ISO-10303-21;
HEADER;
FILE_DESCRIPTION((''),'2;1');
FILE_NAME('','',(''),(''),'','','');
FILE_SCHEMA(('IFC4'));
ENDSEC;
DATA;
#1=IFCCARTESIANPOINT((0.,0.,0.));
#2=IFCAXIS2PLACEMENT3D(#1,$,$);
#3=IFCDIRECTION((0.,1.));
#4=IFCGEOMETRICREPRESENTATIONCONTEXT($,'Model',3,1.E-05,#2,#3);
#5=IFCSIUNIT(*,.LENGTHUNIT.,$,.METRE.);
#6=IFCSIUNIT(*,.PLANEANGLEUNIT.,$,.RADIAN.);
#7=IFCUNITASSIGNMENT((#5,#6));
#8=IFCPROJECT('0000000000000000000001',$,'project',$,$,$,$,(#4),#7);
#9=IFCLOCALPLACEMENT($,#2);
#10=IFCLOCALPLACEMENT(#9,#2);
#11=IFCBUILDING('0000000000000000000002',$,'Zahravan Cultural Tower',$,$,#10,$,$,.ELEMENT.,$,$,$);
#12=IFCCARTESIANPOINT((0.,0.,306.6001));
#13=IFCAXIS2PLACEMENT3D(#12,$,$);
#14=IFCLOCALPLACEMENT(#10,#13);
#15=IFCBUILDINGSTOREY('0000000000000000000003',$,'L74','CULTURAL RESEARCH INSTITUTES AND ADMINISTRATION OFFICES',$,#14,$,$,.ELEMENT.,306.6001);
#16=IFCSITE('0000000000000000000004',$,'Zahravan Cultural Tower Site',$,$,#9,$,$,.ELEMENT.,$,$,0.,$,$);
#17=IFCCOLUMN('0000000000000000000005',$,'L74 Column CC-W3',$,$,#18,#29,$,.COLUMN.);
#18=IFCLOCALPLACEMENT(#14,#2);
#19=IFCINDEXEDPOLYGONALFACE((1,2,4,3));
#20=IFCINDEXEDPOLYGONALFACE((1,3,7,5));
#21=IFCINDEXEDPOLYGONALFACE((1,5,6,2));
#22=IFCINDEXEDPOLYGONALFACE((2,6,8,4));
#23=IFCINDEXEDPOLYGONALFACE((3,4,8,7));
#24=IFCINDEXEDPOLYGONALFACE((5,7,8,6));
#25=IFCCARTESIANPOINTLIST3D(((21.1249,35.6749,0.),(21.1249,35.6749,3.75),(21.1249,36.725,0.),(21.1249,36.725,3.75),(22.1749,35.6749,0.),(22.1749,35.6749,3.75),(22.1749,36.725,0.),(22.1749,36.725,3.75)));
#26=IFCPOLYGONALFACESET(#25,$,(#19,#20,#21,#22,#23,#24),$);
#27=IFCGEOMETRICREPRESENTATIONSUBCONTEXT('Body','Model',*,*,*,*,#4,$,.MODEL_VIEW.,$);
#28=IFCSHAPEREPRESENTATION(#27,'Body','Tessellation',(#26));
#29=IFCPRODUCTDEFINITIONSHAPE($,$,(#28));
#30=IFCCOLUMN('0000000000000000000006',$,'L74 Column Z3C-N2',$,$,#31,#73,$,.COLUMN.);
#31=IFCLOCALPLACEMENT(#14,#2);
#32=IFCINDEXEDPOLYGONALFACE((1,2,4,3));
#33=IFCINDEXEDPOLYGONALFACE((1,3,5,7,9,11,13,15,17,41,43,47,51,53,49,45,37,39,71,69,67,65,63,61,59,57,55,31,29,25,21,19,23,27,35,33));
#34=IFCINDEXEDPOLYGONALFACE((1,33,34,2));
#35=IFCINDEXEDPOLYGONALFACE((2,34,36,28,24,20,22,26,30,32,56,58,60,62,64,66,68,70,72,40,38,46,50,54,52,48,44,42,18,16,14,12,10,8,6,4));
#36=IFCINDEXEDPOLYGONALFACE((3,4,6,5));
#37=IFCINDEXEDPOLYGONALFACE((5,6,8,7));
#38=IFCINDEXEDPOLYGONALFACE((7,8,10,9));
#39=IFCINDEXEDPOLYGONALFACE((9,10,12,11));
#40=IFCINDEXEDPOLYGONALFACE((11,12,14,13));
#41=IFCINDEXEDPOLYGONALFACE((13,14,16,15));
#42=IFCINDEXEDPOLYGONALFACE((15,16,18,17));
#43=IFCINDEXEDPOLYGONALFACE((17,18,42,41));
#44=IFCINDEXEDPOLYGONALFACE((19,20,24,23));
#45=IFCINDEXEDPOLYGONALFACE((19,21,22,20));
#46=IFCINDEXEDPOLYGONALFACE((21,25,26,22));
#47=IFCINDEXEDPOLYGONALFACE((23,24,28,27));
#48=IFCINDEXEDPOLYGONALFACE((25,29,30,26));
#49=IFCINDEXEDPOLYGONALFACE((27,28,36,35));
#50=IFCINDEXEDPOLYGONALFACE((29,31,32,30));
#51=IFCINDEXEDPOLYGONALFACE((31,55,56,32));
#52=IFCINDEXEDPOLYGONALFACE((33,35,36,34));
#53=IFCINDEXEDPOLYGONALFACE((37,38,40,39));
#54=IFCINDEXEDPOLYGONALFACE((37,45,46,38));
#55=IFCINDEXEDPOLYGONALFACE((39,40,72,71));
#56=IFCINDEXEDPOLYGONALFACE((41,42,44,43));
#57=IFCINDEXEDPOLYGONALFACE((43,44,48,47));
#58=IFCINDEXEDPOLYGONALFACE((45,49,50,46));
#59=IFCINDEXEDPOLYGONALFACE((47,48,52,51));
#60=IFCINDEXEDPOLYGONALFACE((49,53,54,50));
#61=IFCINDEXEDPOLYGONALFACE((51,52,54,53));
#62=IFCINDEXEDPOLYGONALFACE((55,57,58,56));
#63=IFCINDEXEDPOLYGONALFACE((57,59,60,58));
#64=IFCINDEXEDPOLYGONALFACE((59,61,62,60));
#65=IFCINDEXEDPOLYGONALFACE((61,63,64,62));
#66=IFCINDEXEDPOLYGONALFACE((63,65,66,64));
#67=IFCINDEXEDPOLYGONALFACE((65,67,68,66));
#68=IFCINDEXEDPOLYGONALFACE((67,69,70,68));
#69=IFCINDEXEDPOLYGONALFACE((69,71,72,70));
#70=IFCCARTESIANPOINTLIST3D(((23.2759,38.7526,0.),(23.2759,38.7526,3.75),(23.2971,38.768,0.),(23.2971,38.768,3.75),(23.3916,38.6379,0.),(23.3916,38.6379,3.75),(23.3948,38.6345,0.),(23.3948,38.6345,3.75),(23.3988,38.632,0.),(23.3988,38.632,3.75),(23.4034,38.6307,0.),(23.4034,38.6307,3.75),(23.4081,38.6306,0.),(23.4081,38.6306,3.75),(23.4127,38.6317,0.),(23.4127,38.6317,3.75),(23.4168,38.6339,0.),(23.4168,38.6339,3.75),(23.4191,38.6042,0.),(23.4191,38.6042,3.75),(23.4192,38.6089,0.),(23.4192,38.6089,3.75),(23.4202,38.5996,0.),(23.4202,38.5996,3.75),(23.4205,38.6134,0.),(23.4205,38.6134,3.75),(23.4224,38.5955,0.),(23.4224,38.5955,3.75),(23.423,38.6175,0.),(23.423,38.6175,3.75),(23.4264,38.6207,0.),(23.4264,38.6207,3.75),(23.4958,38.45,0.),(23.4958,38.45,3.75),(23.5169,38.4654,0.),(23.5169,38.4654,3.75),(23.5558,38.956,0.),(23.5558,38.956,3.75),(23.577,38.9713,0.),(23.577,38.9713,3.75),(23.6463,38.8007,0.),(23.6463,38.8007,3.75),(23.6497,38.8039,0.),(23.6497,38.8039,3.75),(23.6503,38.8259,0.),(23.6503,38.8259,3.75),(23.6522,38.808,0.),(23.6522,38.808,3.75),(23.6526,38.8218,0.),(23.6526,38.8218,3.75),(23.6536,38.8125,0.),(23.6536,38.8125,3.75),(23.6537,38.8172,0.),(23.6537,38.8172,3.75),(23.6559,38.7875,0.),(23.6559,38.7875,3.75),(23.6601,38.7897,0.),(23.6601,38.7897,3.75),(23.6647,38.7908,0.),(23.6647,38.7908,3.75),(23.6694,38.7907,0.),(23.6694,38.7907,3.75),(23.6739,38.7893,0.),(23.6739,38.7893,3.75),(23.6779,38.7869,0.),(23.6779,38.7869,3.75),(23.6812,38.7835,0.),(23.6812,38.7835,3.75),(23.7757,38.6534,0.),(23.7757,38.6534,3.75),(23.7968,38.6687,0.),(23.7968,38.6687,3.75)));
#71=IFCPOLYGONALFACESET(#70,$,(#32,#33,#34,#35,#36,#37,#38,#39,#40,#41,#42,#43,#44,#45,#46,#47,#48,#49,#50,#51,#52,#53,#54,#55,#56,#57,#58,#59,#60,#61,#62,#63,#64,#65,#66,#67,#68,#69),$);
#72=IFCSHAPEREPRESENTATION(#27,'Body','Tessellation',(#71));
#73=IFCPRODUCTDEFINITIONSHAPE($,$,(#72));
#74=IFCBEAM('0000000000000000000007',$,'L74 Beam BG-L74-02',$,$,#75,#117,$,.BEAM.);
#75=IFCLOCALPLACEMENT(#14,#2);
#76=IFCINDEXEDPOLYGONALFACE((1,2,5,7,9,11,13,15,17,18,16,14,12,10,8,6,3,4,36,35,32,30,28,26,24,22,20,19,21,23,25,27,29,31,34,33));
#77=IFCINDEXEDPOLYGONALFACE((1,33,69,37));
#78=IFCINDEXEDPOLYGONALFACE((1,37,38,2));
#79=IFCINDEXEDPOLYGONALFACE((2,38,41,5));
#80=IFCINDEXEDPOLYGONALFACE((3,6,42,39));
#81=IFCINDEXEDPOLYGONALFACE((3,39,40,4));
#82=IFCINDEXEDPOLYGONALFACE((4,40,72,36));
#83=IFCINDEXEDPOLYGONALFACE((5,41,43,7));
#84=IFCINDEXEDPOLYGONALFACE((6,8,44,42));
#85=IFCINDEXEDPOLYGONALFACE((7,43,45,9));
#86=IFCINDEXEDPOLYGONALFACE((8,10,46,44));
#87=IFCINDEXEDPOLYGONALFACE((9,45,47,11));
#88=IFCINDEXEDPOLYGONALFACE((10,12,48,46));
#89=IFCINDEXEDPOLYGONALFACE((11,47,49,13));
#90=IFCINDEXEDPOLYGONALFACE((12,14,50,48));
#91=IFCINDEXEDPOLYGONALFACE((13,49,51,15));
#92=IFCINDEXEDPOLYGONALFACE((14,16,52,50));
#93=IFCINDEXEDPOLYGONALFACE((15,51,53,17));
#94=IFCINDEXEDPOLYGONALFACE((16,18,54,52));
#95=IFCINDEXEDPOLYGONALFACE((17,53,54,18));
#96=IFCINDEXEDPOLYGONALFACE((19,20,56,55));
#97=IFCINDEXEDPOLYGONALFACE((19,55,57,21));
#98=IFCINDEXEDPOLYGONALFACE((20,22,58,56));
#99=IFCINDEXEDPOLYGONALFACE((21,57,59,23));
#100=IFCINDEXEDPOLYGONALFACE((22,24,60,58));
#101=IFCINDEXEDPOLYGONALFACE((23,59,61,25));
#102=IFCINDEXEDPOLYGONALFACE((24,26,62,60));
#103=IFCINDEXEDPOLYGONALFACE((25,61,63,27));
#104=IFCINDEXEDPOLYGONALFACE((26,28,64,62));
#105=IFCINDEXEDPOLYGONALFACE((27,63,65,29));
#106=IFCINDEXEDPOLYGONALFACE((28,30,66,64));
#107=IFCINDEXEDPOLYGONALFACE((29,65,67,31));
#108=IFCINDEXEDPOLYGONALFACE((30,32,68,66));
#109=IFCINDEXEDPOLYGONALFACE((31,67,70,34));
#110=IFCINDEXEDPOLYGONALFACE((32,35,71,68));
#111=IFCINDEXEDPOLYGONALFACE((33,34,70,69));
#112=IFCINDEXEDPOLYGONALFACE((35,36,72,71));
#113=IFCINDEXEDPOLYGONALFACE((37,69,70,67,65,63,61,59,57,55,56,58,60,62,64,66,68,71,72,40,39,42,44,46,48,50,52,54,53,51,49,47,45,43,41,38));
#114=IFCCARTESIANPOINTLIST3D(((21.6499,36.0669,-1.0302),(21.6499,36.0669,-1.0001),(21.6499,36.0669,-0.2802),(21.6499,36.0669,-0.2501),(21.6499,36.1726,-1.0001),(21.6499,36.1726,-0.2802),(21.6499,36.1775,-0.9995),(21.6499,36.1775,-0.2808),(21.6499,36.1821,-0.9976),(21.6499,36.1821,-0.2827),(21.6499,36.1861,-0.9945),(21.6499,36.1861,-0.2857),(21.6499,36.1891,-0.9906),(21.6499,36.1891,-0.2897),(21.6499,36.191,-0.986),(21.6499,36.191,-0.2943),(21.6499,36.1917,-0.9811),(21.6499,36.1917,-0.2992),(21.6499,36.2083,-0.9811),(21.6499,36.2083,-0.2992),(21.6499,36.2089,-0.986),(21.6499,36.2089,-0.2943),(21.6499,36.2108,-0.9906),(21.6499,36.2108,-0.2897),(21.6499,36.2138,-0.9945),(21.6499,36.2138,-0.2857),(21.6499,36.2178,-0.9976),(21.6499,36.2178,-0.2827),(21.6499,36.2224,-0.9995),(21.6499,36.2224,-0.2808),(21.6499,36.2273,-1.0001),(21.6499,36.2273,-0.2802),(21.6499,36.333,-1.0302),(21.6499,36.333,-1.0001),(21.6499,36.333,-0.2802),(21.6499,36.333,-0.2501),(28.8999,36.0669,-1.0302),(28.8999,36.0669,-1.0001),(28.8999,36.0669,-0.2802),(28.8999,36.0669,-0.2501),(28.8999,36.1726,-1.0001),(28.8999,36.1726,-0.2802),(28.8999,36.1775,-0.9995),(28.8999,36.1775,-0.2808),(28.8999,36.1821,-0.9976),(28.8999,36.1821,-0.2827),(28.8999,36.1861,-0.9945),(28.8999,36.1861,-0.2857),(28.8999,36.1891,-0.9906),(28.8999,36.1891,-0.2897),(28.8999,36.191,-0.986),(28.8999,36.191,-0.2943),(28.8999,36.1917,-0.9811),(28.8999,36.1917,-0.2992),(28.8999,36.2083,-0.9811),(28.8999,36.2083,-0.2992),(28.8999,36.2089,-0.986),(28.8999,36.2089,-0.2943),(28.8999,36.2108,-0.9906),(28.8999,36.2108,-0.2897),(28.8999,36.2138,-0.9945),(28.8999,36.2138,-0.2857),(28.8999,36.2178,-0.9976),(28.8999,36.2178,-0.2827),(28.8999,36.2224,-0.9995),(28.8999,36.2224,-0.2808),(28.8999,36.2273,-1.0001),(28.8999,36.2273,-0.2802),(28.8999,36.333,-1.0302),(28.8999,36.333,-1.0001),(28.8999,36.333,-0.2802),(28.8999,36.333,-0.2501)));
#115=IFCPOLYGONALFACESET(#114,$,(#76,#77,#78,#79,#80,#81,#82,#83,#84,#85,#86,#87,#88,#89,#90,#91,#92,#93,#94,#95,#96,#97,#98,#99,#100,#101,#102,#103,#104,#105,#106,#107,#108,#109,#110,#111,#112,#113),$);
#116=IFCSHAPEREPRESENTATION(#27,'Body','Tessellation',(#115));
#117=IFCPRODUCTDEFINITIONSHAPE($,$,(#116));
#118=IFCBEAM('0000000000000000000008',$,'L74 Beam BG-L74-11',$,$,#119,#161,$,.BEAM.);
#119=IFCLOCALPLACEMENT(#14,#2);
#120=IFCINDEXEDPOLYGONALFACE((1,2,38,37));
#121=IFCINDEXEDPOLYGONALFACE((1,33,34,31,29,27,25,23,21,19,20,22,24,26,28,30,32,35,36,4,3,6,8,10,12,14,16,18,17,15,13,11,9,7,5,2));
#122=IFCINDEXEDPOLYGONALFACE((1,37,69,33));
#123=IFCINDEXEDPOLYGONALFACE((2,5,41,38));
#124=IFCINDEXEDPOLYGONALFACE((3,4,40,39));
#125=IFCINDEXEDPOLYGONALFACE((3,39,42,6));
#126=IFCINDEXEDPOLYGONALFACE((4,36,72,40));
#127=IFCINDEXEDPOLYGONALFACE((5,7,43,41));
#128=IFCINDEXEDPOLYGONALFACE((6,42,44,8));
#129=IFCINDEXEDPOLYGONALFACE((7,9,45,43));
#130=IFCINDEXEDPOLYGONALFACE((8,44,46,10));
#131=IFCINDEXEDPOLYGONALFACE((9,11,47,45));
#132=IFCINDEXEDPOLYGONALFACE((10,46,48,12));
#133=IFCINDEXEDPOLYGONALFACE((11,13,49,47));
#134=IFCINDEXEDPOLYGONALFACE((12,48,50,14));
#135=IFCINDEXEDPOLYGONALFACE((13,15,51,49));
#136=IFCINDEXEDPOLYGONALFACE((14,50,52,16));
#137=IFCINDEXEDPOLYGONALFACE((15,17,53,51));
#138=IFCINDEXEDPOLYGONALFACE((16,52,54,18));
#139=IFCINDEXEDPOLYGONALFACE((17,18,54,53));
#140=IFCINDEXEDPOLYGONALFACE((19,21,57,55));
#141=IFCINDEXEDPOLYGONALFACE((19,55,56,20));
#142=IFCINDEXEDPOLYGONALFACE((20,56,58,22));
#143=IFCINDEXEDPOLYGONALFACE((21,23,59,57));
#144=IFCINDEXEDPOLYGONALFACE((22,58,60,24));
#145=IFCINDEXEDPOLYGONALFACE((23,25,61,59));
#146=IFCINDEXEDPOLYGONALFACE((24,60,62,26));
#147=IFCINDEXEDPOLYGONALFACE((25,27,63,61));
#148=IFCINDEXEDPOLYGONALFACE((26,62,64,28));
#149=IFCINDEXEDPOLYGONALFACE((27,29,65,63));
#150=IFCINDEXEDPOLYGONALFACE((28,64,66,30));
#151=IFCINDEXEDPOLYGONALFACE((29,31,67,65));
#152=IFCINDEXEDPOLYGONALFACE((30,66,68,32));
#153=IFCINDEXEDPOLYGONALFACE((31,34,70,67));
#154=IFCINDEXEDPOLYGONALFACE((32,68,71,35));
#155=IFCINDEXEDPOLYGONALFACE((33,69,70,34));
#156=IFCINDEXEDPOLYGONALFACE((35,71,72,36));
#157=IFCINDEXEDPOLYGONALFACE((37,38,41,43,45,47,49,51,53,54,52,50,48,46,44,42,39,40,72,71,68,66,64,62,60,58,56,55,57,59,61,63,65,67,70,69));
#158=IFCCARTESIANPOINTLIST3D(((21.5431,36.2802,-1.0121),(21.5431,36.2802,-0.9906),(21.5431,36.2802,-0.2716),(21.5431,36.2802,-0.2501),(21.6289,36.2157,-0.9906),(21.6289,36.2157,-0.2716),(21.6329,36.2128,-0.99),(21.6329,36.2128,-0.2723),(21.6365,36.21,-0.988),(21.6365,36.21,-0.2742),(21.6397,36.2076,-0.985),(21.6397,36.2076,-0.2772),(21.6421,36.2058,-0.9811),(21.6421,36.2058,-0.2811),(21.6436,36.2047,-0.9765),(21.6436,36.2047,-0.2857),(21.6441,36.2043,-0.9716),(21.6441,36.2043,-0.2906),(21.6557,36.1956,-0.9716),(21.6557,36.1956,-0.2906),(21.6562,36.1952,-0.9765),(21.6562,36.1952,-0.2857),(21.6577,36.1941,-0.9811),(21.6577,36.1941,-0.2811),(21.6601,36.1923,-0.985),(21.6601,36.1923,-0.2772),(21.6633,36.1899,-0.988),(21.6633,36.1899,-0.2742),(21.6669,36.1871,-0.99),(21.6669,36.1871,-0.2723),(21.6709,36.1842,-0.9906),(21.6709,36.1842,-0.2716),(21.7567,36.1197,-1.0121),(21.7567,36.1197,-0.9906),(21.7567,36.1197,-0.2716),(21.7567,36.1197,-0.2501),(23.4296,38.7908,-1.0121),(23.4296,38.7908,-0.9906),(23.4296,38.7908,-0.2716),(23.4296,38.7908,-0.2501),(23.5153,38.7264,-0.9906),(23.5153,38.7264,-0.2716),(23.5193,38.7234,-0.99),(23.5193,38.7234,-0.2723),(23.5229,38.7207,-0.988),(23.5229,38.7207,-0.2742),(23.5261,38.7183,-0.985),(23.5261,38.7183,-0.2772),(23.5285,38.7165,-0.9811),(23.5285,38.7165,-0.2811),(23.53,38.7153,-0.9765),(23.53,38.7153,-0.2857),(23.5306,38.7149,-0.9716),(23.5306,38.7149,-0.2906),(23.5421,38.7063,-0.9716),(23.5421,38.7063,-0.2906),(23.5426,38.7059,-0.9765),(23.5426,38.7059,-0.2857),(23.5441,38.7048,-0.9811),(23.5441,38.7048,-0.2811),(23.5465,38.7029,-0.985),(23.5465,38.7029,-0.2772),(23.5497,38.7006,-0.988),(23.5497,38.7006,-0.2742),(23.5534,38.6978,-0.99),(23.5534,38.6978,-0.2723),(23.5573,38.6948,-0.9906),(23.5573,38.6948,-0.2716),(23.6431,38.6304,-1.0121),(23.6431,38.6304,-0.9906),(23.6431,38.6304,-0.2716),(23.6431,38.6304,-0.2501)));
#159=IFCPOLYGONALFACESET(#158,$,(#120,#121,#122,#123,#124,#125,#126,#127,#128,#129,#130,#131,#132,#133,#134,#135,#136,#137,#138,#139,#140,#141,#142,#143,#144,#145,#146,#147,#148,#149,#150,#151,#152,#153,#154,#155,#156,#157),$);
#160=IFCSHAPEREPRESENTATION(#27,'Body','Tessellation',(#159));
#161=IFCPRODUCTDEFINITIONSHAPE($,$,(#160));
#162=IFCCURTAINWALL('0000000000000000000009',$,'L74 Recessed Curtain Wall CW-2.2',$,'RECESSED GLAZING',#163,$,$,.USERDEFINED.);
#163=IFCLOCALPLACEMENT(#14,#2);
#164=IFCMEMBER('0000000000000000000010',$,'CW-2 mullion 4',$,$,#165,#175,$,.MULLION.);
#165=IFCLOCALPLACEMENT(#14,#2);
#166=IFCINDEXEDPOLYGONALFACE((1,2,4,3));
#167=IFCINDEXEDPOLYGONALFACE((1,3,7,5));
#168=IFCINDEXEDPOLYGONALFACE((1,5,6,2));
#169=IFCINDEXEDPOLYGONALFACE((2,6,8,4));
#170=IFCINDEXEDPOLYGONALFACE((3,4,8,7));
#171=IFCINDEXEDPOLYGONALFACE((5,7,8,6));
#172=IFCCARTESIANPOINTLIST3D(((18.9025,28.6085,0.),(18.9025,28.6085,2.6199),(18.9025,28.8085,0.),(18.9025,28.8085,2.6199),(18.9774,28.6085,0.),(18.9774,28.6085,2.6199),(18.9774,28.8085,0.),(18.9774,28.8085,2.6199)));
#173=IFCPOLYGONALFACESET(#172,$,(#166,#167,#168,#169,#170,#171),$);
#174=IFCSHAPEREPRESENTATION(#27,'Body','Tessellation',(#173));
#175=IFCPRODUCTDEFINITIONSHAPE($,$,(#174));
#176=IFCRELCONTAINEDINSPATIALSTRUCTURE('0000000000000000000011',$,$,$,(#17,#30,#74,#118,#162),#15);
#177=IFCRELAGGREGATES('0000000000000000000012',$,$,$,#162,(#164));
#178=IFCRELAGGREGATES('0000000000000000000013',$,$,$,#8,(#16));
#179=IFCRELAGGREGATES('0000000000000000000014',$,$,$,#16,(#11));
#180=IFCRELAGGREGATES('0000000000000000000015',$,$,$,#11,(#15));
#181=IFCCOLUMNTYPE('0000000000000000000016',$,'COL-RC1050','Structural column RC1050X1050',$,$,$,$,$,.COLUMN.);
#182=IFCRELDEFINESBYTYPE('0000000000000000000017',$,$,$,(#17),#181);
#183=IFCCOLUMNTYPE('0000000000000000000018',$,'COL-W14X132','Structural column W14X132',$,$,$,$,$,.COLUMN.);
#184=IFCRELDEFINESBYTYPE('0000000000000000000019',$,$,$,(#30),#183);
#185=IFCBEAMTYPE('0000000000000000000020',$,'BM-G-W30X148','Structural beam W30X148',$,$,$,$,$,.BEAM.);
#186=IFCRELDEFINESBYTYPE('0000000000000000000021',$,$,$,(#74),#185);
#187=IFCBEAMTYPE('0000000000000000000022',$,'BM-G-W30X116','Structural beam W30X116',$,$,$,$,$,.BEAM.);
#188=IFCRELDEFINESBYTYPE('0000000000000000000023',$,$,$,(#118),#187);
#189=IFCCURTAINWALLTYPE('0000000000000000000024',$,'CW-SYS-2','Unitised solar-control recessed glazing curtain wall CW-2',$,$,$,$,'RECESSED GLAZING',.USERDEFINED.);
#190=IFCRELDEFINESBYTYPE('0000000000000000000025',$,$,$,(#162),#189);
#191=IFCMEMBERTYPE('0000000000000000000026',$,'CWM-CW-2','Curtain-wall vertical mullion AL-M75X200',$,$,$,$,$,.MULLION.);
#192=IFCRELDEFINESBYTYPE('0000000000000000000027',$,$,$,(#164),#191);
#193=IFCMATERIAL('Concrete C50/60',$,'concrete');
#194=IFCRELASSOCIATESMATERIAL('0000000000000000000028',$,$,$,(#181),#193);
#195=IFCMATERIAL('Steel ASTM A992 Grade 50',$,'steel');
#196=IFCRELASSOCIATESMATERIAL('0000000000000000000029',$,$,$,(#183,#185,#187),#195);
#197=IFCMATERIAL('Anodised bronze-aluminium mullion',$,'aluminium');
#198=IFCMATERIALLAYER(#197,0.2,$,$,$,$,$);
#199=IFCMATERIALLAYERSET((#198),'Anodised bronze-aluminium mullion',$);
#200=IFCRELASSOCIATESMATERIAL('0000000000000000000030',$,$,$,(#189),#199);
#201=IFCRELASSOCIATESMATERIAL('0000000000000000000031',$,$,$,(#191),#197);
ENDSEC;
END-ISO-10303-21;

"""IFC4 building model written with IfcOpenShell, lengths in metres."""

from ifc_helpers import new_model, si_unit, direction, frame, origin, origin_2d, place, context, subcontext, project, spatial, rectangle, i_section, extrude, source, transform, mapped, material, layer, layer_set, material_profile, profile_set, type_object, element, aggregate, save


model = new_model("IFC4")

# Units and contexts
model_context = context("Model", 3, precision=1e-05, world=origin(), true_north=direction((0.0, 1.0)))
body_context = subcontext(model_context, "Body", "Model", "MODEL_VIEW")
ifc_project = project(units=[si_unit("LENGTHUNIT", "METRE"), si_unit("PLANEANGLEUNIT", "RADIAN")], contexts=[model_context])

# Site, building, storey
site_placement = place(None, origin())
site = spatial("IfcSite", under=ifc_project, at=site_placement, Name="Zahravan Cultural Tower Site", CompositionType="ELEMENT", RefElevation=0.0)
building_placement = place(site_placement, origin())
building = spatial("IfcBuilding", under=site, at=building_placement, Name="Zahravan Cultural Tower", CompositionType="ELEMENT")
storey_placement = place(building_placement, frame((0.0, 0.0, 306.6001)))
storey = spatial("IfcBuildingStorey", under=building, at=storey_placement, Name="L74", Description="CULTURAL RESEARCH INSTITUTES AND ADMINISTRATION OFFICES", CompositionType="ELEMENT", Elevation=306.6001)

# Columns
ifc_material_1 = material(Name="Concrete C50/60", Category="concrete")
ifc_material_profile_1 = material_profile(ifc_material_1, rectangle(XDim=1.05, YDim=1.05, at=origin_2d()), Name="RC1050X1050")
ifc_profile_set_1 = profile_set([ifc_material_profile_1], Name="Concrete C50/60")
column_type_1 = type_object("IfcColumnType", Name="COL-RC1050", Description="Structural column RC1050X1050", PredefinedType="COLUMN", material=ifc_profile_set_1)
shared_shape_1 = source(origin(), body_context, "Body", "SweptSolid", [
    extrude(rectangle(XDim=1.05, YDim=1.05, at=origin_2d()), origin(), (0.0, 0.0, 1.0), 3.75),
])
column_1_placement = place(storey_placement, frame((21.6499, 36.2, 0.0), z_axis=(0.0, 0.0, 1.0), x_axis=(1.0, 0.0, 0.0)))
element("IfcColumn", 1, at=column_1_placement, inside=storey, type_object=column_type_1, Name="L74 Column CC-W3", PredefinedType="COLUMN", context=body_context, shape_type="MappedRepresentation", body=[
    mapped(shared_shape_1, transform((0.0, 0.0, 0.0), x_axis=(1.0, 0.0, 0.0), y_axis=(0.0, 1.0, 0.0), z_axis=(0.0, 0.0, 1.0), scale=1.0)),
])
ifc_material_2 = material(Name="Steel ASTM A992 Grade 50", Category="steel")
ifc_material_profile_2 = material_profile(ifc_material_2, i_section(OverallWidth=0.374, OverallDepth=0.3721, WebThickness=0.0164, FlangeThickness=0.0261, FilletRadius=0.0181, at=origin_2d()), Name="W14X132")
ifc_profile_set_2 = profile_set([ifc_material_profile_2], Name="Steel ASTM A992 Grade 50")
column_type_2 = type_object("IfcColumnType", Name="COL-W14X132", Description="Structural column W14X132", PredefinedType="COLUMN", material=ifc_profile_set_2)
shared_shape_2 = source(origin(), body_context, "Body", "SweptSolid", [
    extrude(i_section(OverallWidth=0.374, OverallDepth=0.3721, WebThickness=0.0164, FlangeThickness=0.0261, FilletRadius=0.0181, at=origin_2d()), origin(), (0.0, 0.0, 1.0), 3.75),
])
column_2_placement = place(storey_placement, frame((23.5364, 38.7107, 0.0), z_axis=(0.0, 0.0, 1.0), x_axis=(-0.587785, 0.809017, 0.0)))
element("IfcColumn", 2, at=column_2_placement, inside=storey, type_object=column_type_2, Name="L74 Column Z3C-N2", PredefinedType="COLUMN", context=body_context, shape_type="MappedRepresentation", body=[
    mapped(shared_shape_2, transform((0.0, 0.0, 0.0), x_axis=(1.0, 0.0, 0.0), y_axis=(0.0, 1.0, 0.0), z_axis=(0.0, 0.0, 1.0), scale=1.0)),
])

# Beams
ifc_material_profile_3 = material_profile(ifc_material_2, i_section(OverallWidth=0.2661, OverallDepth=0.78, WebThickness=0.0166, FlangeThickness=0.03, FilletRadius=0.019, at=origin_2d()), Name="W30X148")
ifc_profile_set_3 = profile_set([ifc_material_profile_3], Name="Steel ASTM A992 Grade 50")
beam_type_1 = type_object("IfcBeamType", Name="BM-G-W30X148", Description="Structural beam W30X148", PredefinedType="BEAM", material=ifc_profile_set_3)
shared_shape_3 = source(origin(), body_context, "Body", "SweptSolid", [
    extrude(i_section(OverallWidth=0.2661, OverallDepth=0.78, WebThickness=0.0166, FlangeThickness=0.03, FilletRadius=0.019, at=origin_2d()), origin(), (0.0, 0.0, 1.0), 7.25),
])
beam_1_placement = place(storey_placement, frame((21.6499, 36.2, -0.6401), z_axis=(1.0, 0.0, 0.0), x_axis=(0.0, 1.0, 0.0)))
element("IfcBeam", 3, at=beam_1_placement, inside=storey, type_object=beam_type_1, Name="L74 Beam BG-L74-02", PredefinedType="BEAM", context=body_context, shape_type="MappedRepresentation", body=[
    mapped(shared_shape_3, transform((0.0, 0.0, 0.0), x_axis=(1.0, 0.0, 0.0), y_axis=(0.0, 1.0, 0.0), z_axis=(0.0, 0.0, 1.0), scale=1.0)),
])
ifc_material_profile_4 = material_profile(ifc_material_2, i_section(OverallWidth=0.2671, OverallDepth=0.762, WebThickness=0.0144, FlangeThickness=0.0215, FilletRadius=0.019, at=origin_2d()), Name="W30X116")
ifc_profile_set_4 = profile_set([ifc_material_profile_4], Name="Steel ASTM A992 Grade 50")
beam_type_2 = type_object("IfcBeamType", Name="BM-G-W30X116", Description="Structural beam W30X116", PredefinedType="BEAM", material=ifc_profile_set_4)
shared_shape_4 = source(origin(), body_context, "Body", "SweptSolid", [
    extrude(i_section(OverallWidth=0.2671, OverallDepth=0.762, WebThickness=0.0144, FlangeThickness=0.0215, FilletRadius=0.019, at=origin_2d()), origin(), (0.0, 0.0, 1.0), 3.1404),
])
beam_2_placement = place(storey_placement, frame((21.6499, 36.2, -0.6311), z_axis=(0.600696, 0.799477, 0.0), x_axis=(-0.799477, 0.600696, 0.0)))
element("IfcBeam", 4, at=beam_2_placement, inside=storey, type_object=beam_type_2, Name="L74 Beam BG-L74-11", PredefinedType="BEAM", context=body_context, shape_type="MappedRepresentation", body=[
    mapped(shared_shape_4, transform((0.0, 0.0, 0.0), x_axis=(1.0, 0.0, 0.0), y_axis=(0.0, 1.0, 0.0), z_axis=(0.0, 0.0, 1.0), scale=1.0)),
])

# Curtain wall, member
ifc_material_3 = material(Name="Anodised bronze-aluminium mullion", Category="aluminium")
ifc_layer_1 = layer(ifc_material_3, 0.2)
ifc_layer_set_1 = layer_set([ifc_layer_1], Name="Anodised bronze-aluminium mullion")
curtain_wall_type = type_object("IfcCurtainWallType", Name="CW-SYS-2", Description="Unitised solar-control recessed glazing curtain wall CW-2", ElementType="RECESSED GLAZING", PredefinedType="USERDEFINED", material=ifc_layer_set_1)
curtain_wall_placement = place(storey_placement, origin())
curtain_wall = element("IfcCurtainWall", 5, at=curtain_wall_placement, inside=storey, type_object=curtain_wall_type, Name="L74 Recessed Curtain Wall CW-2.2", ObjectType="RECESSED GLAZING", PredefinedType="USERDEFINED")
ifc_material_profile_5 = material_profile(ifc_material_3, rectangle(XDim=0.075, YDim=0.2, at=origin_2d()), Name="AL-M75X200")
ifc_profile_set_5 = profile_set([ifc_material_profile_5], Name="Anodised bronze-aluminium mullion")
member_type_1 = type_object("IfcMemberType", Name="CWM-CW-2", Description="Curtain-wall vertical mullion AL-M75X200", PredefinedType="MULLION", material=ifc_profile_set_5)
shared_shape_5 = source(origin(), body_context, "Body", "SweptSolid", [
    extrude(rectangle(XDim=0.075, YDim=0.2, at=origin_2d()), origin(), (0.0, 0.0, 1.0), 2.6199),
])
member_1_placement = place(storey_placement, frame((18.9399, 28.7085, 0.0), z_axis=(0.0, 0.0, 1.0), x_axis=(-1.0, 0.0, 0.0)))
member_1 = element("IfcMember", 6, at=member_1_placement, type_object=member_type_1, Name="CW-2 mullion 4", PredefinedType="MULLION", context=body_context, shape_type="MappedRepresentation", body=[
    mapped(shared_shape_5, transform((0.0, 0.0, 0.0), x_axis=(1.0, 0.0, 0.0), y_axis=(0.0, 1.0, 0.0), z_axis=(0.0, 0.0, 1.0), scale=1.0)),
])
aggregate(curtain_wall, [member_1])

save(model, "model.ifc")
